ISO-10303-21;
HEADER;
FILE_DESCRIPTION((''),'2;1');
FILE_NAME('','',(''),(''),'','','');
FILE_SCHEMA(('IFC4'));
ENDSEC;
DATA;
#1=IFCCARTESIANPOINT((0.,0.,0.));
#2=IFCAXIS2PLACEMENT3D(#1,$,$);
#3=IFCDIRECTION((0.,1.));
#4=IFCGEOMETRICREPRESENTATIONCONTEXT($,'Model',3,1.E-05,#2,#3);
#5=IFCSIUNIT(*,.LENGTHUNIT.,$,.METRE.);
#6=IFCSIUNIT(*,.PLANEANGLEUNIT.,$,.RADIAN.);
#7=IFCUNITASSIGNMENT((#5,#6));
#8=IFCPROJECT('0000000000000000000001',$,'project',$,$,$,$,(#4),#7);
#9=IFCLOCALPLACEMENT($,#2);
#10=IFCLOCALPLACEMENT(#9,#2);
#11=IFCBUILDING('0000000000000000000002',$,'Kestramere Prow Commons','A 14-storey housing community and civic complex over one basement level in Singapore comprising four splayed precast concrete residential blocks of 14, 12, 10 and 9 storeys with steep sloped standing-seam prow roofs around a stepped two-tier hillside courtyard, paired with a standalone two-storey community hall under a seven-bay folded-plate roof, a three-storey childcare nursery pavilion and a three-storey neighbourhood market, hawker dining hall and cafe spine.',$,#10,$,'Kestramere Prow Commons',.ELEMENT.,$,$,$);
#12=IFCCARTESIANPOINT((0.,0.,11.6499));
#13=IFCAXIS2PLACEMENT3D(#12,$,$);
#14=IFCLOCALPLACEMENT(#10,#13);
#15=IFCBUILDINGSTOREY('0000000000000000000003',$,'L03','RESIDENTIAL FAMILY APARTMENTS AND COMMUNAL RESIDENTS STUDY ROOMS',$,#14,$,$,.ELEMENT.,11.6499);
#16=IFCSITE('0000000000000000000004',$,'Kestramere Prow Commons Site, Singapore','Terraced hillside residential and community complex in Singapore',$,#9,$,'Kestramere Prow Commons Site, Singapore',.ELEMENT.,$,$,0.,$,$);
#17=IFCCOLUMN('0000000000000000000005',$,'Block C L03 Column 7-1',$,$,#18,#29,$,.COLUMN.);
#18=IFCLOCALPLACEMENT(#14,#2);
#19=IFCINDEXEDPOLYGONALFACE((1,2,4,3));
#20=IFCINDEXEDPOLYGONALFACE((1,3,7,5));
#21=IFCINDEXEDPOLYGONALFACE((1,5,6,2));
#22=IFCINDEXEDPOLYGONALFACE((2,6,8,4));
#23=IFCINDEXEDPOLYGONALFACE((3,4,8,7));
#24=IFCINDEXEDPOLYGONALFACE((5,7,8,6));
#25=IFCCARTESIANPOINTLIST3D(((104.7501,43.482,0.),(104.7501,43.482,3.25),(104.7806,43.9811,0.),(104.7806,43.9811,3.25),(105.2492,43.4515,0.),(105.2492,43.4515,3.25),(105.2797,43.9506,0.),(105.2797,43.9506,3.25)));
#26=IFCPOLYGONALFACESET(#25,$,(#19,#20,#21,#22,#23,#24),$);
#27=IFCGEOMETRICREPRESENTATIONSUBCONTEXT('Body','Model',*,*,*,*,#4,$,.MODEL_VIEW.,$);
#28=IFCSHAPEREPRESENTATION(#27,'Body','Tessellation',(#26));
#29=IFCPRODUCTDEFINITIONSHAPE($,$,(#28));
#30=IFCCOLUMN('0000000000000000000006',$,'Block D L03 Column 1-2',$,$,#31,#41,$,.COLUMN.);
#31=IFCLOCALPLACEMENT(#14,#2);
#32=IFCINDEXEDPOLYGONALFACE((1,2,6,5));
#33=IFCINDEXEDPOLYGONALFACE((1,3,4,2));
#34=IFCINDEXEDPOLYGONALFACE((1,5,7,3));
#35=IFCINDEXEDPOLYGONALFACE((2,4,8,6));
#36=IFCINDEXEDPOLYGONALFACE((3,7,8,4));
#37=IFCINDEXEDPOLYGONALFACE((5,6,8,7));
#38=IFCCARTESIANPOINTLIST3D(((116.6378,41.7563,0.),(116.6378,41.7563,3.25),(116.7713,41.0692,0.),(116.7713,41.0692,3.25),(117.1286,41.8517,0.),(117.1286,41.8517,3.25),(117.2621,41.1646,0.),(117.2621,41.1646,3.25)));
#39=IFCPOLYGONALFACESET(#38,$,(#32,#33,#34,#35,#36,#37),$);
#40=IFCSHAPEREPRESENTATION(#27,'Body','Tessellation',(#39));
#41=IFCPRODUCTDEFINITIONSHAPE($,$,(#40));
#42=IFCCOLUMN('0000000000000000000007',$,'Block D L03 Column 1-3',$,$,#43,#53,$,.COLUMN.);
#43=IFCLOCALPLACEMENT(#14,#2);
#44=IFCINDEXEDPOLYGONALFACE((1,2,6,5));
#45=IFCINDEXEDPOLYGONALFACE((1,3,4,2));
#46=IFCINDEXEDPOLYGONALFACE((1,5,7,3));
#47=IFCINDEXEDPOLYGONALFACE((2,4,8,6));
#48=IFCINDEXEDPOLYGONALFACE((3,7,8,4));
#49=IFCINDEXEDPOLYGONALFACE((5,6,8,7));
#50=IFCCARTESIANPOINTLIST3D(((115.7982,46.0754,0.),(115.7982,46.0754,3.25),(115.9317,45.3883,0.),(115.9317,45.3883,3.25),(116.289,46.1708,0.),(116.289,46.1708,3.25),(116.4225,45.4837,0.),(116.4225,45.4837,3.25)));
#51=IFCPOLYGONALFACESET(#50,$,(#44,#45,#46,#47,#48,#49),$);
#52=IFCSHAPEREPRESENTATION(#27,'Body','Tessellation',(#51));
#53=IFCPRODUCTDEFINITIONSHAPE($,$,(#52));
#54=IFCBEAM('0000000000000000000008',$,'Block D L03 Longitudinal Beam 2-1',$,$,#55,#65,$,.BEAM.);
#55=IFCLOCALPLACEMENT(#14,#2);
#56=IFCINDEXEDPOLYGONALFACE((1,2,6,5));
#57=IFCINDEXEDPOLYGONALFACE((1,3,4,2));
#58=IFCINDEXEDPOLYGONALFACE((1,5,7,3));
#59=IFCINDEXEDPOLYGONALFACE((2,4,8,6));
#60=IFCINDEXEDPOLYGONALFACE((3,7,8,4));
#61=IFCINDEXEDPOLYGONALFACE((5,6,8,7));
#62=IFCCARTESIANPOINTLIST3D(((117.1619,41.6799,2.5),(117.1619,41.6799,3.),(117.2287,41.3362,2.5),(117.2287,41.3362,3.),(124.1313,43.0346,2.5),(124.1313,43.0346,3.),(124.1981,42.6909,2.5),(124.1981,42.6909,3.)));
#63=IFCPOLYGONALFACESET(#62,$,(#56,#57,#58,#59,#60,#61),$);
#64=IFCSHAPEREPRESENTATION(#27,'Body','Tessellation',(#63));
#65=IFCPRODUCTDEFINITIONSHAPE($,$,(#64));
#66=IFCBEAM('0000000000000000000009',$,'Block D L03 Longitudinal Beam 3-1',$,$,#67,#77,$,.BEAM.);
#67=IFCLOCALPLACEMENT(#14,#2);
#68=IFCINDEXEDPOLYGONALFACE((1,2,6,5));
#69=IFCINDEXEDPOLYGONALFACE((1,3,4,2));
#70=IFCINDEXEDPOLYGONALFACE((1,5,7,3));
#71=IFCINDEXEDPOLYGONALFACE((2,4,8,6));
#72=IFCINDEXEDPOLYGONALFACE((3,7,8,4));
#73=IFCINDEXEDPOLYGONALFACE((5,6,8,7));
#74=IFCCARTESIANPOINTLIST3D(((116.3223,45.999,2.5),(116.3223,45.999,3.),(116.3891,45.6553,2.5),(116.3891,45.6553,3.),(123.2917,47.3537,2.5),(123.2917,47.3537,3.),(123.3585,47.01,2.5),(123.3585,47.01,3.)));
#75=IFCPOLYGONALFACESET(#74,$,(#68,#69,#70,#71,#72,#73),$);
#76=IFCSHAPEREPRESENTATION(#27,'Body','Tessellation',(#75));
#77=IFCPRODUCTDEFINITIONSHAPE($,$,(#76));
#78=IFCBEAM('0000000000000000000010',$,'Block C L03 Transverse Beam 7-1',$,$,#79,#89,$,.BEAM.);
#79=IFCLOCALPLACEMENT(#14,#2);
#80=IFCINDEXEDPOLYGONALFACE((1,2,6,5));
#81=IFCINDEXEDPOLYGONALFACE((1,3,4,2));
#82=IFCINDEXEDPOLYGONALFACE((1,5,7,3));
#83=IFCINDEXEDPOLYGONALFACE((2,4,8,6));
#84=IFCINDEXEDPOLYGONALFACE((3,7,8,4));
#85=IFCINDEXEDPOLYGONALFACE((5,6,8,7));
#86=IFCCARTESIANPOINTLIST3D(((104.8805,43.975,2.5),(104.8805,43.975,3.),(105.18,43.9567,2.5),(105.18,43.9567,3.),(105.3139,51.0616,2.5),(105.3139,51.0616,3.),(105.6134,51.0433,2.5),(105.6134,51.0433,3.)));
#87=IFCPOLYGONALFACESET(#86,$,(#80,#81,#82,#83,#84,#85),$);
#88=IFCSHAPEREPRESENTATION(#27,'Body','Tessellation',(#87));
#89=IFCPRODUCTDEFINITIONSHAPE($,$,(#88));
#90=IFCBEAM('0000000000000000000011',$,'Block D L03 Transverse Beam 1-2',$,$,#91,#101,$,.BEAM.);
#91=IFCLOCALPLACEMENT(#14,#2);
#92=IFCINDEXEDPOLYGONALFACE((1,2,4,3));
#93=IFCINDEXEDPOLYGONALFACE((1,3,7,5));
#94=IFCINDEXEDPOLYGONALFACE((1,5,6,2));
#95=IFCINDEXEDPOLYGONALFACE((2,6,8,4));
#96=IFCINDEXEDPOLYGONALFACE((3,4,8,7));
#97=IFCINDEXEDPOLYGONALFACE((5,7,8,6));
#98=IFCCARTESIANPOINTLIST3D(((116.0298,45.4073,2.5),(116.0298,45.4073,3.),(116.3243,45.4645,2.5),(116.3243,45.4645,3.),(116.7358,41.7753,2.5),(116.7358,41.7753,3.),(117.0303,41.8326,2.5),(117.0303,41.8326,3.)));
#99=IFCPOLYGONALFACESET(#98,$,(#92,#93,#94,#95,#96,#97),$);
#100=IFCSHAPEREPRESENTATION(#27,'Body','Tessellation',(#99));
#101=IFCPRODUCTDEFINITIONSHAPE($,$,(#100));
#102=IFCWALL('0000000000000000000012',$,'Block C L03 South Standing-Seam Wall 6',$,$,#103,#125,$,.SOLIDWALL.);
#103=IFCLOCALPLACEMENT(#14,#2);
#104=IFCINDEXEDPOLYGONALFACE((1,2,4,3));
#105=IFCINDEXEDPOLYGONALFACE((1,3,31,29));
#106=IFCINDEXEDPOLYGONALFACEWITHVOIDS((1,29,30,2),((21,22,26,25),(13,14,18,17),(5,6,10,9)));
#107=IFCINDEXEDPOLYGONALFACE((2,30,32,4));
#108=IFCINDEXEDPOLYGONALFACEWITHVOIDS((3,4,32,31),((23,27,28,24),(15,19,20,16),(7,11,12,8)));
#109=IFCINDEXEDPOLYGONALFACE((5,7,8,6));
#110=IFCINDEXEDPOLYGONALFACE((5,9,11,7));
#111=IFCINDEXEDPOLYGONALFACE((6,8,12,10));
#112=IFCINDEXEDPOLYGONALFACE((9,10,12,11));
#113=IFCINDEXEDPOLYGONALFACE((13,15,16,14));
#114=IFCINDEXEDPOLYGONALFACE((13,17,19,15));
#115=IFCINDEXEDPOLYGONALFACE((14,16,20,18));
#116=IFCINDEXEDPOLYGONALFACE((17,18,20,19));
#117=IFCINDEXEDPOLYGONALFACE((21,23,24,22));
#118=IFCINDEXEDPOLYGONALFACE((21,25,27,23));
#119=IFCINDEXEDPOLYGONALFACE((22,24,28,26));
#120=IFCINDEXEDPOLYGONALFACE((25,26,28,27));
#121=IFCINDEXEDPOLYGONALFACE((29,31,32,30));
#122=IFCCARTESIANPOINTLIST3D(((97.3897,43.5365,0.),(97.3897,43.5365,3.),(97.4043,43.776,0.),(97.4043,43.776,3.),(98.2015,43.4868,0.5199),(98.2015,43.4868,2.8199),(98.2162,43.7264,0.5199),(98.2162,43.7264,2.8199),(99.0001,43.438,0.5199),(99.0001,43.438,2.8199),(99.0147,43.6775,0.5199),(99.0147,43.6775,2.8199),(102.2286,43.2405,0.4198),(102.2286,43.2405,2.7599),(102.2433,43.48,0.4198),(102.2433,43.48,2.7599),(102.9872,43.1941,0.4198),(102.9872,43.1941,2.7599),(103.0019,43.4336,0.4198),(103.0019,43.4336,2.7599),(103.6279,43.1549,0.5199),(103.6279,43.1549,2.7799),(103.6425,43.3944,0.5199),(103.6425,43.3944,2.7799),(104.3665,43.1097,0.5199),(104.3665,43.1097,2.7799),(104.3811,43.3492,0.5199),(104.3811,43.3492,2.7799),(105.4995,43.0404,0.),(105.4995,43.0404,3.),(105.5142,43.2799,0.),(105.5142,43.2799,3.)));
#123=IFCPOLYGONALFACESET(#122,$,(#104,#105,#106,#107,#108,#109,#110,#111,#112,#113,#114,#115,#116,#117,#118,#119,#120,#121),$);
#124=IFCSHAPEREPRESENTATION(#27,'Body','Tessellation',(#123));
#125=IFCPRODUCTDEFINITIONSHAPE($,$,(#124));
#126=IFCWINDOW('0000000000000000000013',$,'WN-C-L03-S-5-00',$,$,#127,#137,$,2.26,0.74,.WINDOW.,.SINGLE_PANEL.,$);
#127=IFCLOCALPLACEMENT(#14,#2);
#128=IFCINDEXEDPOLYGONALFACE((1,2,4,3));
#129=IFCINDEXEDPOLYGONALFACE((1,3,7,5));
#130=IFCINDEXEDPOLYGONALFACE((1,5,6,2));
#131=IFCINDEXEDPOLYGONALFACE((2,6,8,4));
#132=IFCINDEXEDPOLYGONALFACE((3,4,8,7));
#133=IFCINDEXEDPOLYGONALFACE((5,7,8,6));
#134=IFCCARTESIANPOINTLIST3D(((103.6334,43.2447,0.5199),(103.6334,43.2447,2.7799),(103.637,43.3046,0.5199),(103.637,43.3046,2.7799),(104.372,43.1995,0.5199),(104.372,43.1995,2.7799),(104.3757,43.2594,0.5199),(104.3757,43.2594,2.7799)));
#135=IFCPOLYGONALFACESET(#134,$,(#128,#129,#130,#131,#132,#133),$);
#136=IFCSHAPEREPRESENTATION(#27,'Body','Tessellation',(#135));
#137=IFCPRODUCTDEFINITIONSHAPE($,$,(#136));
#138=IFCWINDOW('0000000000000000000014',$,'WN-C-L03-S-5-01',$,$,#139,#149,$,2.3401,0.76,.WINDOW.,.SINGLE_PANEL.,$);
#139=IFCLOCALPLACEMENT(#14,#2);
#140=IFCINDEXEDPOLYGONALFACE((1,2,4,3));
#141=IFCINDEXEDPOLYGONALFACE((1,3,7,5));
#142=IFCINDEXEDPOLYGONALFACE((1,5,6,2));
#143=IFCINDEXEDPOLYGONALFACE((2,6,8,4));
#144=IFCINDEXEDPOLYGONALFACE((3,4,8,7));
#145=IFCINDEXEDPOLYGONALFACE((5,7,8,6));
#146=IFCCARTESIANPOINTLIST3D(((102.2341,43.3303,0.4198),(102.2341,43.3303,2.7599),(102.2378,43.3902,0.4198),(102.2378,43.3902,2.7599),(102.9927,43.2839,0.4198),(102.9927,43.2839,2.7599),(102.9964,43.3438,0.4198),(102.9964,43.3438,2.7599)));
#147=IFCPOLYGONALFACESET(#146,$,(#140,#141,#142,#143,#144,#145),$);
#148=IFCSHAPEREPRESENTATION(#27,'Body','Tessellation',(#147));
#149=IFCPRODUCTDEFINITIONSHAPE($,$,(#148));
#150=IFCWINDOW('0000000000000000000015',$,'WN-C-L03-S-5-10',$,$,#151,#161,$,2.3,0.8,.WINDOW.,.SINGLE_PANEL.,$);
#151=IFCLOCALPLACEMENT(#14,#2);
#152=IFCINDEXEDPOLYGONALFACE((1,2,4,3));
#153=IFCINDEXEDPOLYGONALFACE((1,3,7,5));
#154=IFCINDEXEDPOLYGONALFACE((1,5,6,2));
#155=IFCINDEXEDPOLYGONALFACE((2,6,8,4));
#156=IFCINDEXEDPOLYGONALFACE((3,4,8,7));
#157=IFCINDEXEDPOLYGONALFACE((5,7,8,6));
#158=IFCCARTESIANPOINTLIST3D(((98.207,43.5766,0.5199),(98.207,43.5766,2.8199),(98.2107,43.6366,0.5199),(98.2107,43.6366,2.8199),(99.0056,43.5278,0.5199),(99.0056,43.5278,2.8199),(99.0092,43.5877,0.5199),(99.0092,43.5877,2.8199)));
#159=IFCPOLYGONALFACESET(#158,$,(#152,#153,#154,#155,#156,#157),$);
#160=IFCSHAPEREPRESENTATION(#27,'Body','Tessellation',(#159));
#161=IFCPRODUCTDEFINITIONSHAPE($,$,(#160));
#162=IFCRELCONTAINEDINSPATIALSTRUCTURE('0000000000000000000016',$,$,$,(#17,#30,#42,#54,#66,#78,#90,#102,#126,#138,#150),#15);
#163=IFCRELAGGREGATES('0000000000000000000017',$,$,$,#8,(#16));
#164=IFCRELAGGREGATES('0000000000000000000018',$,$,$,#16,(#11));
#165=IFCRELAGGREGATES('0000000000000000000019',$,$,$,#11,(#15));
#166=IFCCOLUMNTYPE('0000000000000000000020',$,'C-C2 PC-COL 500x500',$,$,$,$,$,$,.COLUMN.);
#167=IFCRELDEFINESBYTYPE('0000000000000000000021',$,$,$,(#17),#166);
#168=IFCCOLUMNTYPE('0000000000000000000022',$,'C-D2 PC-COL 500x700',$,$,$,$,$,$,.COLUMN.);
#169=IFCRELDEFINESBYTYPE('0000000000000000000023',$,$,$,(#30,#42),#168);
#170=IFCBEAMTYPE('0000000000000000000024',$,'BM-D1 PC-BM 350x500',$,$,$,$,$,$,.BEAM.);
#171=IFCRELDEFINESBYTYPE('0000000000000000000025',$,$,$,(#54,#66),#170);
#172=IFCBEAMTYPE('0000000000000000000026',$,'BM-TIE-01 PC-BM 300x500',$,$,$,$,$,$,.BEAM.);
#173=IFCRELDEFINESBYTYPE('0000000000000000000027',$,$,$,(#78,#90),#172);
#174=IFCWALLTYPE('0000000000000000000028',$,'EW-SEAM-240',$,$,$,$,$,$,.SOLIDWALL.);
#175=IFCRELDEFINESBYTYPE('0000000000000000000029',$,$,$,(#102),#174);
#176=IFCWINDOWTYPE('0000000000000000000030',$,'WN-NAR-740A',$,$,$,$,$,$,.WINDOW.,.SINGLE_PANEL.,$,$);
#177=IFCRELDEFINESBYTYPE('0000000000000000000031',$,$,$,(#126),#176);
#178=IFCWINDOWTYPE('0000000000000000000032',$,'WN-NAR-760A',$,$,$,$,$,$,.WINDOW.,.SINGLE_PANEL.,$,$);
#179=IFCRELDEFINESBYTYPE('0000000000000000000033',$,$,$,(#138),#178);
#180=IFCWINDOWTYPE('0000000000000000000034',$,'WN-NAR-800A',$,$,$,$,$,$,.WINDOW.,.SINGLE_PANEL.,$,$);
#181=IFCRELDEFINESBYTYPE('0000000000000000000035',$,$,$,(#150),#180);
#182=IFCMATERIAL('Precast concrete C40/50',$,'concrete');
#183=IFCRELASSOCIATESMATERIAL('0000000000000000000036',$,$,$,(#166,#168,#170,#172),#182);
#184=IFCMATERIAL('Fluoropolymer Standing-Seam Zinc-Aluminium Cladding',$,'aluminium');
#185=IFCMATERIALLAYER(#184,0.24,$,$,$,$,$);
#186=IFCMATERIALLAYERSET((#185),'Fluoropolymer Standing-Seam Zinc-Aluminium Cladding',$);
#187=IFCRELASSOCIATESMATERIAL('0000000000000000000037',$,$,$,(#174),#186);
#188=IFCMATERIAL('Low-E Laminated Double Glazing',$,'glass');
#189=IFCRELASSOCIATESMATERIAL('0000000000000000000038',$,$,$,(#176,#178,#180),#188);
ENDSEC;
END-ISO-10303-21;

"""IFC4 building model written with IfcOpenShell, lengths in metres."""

from ifc_helpers import new_model, si_unit, direction, frame, frame_2d, origin, origin_2d, place, context, subcontext, project, spatial, rectangle, extrude, material, layer, layer_set, material_profile, profile_set, type_object, element, fill, save


model = new_model("IFC4")

# Units and contexts
model_context = context("Model", 3, precision=1e-05, world=origin(), true_north=direction((0.0, 1.0)))
body_context = subcontext(model_context, "Body", "Model", "MODEL_VIEW")
ifc_project = project(units=[si_unit("LENGTHUNIT", "METRE"), si_unit("PLANEANGLEUNIT", "RADIAN")], contexts=[model_context])

# Site, building, storey
site_placement = place(None, origin())
site = spatial("IfcSite", under=ifc_project, at=site_placement, Name="Kestramere Prow Commons Site, Singapore", Description="Terraced hillside residential and community complex in Singapore", LongName="Kestramere Prow Commons Site, Singapore", CompositionType="ELEMENT", RefElevation=0.0)
building_placement = place(site_placement, origin())
building = spatial("IfcBuilding", under=site, at=building_placement, Name="Kestramere Prow Commons", Description="A 14-storey housing community and civic complex over one basement level in Singapore comprising four splayed precast concrete residential blocks of 14, 12, 10 and 9 storeys with steep sloped standing-seam prow roofs around a stepped two-tier hillside courtyard, paired with a standalone two-storey community hall under a seven-bay folded-plate roof, a three-storey childcare nursery pavilion and a three-storey neighbourhood market, hawker dining hall and cafe spine.", LongName="Kestramere Prow Commons", CompositionType="ELEMENT")
storey_placement = place(building_placement, frame((0.0, 0.0, 11.6499)))
storey = spatial("IfcBuildingStorey", under=building, at=storey_placement, Name="L03", Description="RESIDENTIAL FAMILY APARTMENTS AND COMMUNAL RESIDENTS STUDY ROOMS", CompositionType="ELEMENT", Elevation=11.6499)

# Columns
ifc_material_1 = material(Name="Precast concrete C40/50", Category="concrete")
ifc_material_profile_1 = material_profile(ifc_material_1, rectangle(XDim=0.5, YDim=0.5, at=origin_2d()), Name="PC-COL 500x500")
ifc_profile_set_1 = profile_set([ifc_material_profile_1], Name="Precast concrete C40/50")
column_type_1 = type_object("IfcColumnType", Name="C-C2 PC-COL 500x500", PredefinedType="COLUMN", material=ifc_profile_set_1)
column_placement = place(storey_placement, frame((105.0149, 43.7163, 0.0), z_axis=(0.0, 0.0, 1.0), x_axis=(0.998135, -0.061049, 0.0)))
element("IfcColumn", 1, at=column_placement, inside=storey, type_object=column_type_1, Name="Block C L03 Column 7-1", PredefinedType="COLUMN", context=body_context, shape_type="SweptSolid", body=[
    extrude(rectangle(XDim=0.5, YDim=0.5, at=origin_2d()), origin(), (0.0, 0.0, 1.0), 3.25),
])
ifc_material_profile_2 = material_profile(ifc_material_1, rectangle(XDim=0.5, YDim=0.7, at=origin_2d()), Name="PC-COL 500x700")
ifc_profile_set_2 = profile_set([ifc_material_profile_2], Name="Precast concrete C40/50")
column_type_2 = type_object("IfcColumnType", Name="C-D2 PC-COL 500x700", PredefinedType="COLUMN", material=ifc_profile_set_2)
for number, where, z_axis, x_axis, name in (
    (2, (116.95, 41.4604, 0.0), (0.0, 0.0, 1.0), (0.981627, 0.190809, 0.0), "Block D L03 Column 1-2"),
    (3, (116.1104, 45.7795, 0.0), (0.0, 0.0, 1.0), (0.981627, 0.190809, 0.0), "Block D L03 Column 1-3"),
):
    element("IfcColumn", number, at=place(storey_placement, frame(where, z_axis=z_axis, x_axis=x_axis)), inside=storey, type_object=column_type_2, Name=name, PredefinedType="COLUMN", context=body_context, shape_type="SweptSolid", body=[
        extrude(rectangle(XDim=0.5, YDim=0.7, at=origin_2d()), origin(), (0.0, 0.0, 1.0), 3.25),
    ])

# Beams
ifc_material_profile_3 = material_profile(ifc_material_1, rectangle(XDim=0.3501, YDim=0.5, at=origin_2d()), Name="PC-BM 350x500")
ifc_profile_set_3 = profile_set([ifc_material_profile_3], Name="Precast concrete C40/50")
beam_type_1 = type_object("IfcBeamType", Name="BM-D1 PC-BM 350x500", PredefinedType="BEAM", material=ifc_profile_set_3)
for number, where, z_axis, x_axis, name in (
    (4, (117.1953, 41.5081, 2.75), (0.981627, 0.19081, 0.0), (-0.19081, 0.981627, 0.0), "Block D L03 Longitudinal Beam 2-1"),
    (5, (116.3557, 45.8271, 2.75), (0.981627, 0.19081, 0.0), (-0.19081, 0.981627, 0.0), "Block D L03 Longitudinal Beam 3-1"),
):
    element("IfcBeam", number, at=place(storey_placement, frame(where, z_axis=z_axis, x_axis=x_axis)), inside=storey, type_object=beam_type_1, Name=name, PredefinedType="BEAM", context=body_context, shape_type="SweptSolid", body=[
        extrude(rectangle(XDim=0.3501, YDim=0.5, at=origin_2d()), origin(), (0.0, 0.0, 1.0), 7.0999),
    ])
ifc_material_profile_4 = material_profile(ifc_material_1, rectangle(XDim=0.3, YDim=0.5, at=origin_2d()), Name="PC-BM 300x500")
ifc_profile_set_4 = profile_set([ifc_material_profile_4], Name="Precast concrete C40/50")
beam_type_2 = type_object("IfcBeamType", Name="BM-TIE-01 PC-BM 300x500", PredefinedType="BEAM", material=ifc_profile_set_4)
beam_1_placement = place(storey_placement, frame((105.0303, 43.9658, 2.75), z_axis=(0.061036, 0.998136, 0.0), x_axis=(-0.998136, 0.061036, 0.0)))
element("IfcBeam", 6, at=beam_1_placement, inside=storey, type_object=beam_type_2, Name="Block C L03 Transverse Beam 7-1", PredefinedType="BEAM", context=body_context, shape_type="SweptSolid", body=[
    extrude(rectangle(XDim=0.3, YDim=0.5, at=origin_2d()), origin(), (0.0, 0.0, 1.0), 7.0999),
])
beam_2_placement = place(storey_placement, frame((116.8831, 41.804, 2.75), z_axis=(-0.190822, 0.981625, 0.0), x_axis=(-0.981625, -0.190822, 0.0)))
element("IfcBeam", 7, at=beam_2_placement, inside=storey, type_object=beam_type_2, Name="Block D L03 Transverse Beam 1-2", PredefinedType="BEAM", context=body_context, shape_type="SweptSolid", body=[
    extrude(rectangle(XDim=0.3, YDim=0.5, at=origin_2d()), origin(), (0.0, 0.0, 1.0), 3.7),
])

# Wall, openings, windows
ifc_material_2 = material(Name="Fluoropolymer Standing-Seam Zinc-Aluminium Cladding", Category="aluminium")
ifc_layer_1 = layer(ifc_material_2, 0.24)
ifc_layer_set_1 = layer_set([ifc_layer_1], Name="Fluoropolymer Standing-Seam Zinc-Aluminium Cladding")
wall_type_1 = type_object("IfcWallType", Name="EW-SEAM-240", PredefinedType="SOLIDWALL", material=ifc_layer_set_1)
wall_1_placement = place(storey_placement, frame((105.5068, 43.1602, 0.0), z_axis=(0.0, 0.0, 1.0), x_axis=(-0.998134, 0.061058, 0.0)))
wall_1 = element("IfcWall", 8, at=wall_1_placement, inside=storey, type_object=wall_type_1, Name="Block C L03 South Standing-Seam Wall 6", PredefinedType="SOLIDWALL", context=body_context, shape_type="SweptSolid", body=[
    extrude(rectangle(XDim=8.125, YDim=0.24, at=frame_2d((4.0625, 0.0))), origin(), (0.0, 0.0, 1.0), 3.0),
])
opening_1_placement = place(wall_1_placement, frame((1.135, 0.0, 0.52)))
opening_1 = element("IfcOpeningElement", 9, at=opening_1_placement, cuts=wall_1, PredefinedType="OPENING", context=body_context, shape_type="SweptSolid", body=[
    extrude(rectangle(XDim=0.74, YDim=2.26, at=frame_2d((0.3701, 1.1299))), frame((0.0, 0.135, 0.0), z_axis=(0.0, -1.0, 0.0), x_axis=(1.0, 0.0, 0.0)), (0.0, 0.0, 1.0), 0.27),
])
opening_2_placement = place(wall_1_placement, frame((2.5171, 0.0, 0.4199)))
opening_2 = element("IfcOpeningElement", 10, at=opening_2_placement, cuts=wall_1, PredefinedType="OPENING", context=body_context, shape_type="SweptSolid", body=[
    extrude(rectangle(XDim=0.76, YDim=2.3401, at=frame_2d((0.3799, 1.1699))), frame((0.0, 0.135, 0.0), z_axis=(0.0, -1.0, 0.0), x_axis=(1.0, 0.0, 0.0)), (0.0, 0.0, 1.0), 0.27),
])
opening_3_placement = place(wall_1_placement, frame((6.5117, 0.0, 0.52)))
opening_3 = element("IfcOpeningElement", 11, at=opening_3_placement, cuts=wall_1, PredefinedType="OPENING", context=body_context, shape_type="SweptSolid", body=[
    extrude(rectangle(XDim=0.8, YDim=2.3, at=frame_2d((0.3999, 1.1499))), frame((0.0, 0.135, 0.0), z_axis=(0.0, -1.0, 0.0), x_axis=(1.0, 0.0, 0.0)), (0.0, 0.0, 1.0), 0.27),
])
ifc_material_3 = material(Name="Low-E Laminated Double Glazing", Category="glass")
window_type_1 = type_object("IfcWindowType", Name="WN-NAR-740A", PartitioningType="SINGLE_PANEL", PredefinedType="WINDOW", material=ifc_material_3)
window_1_placement = place(opening_1_placement, origin())
window_1 = element("IfcWindow", 12, at=window_1_placement, inside=storey, type_object=window_type_1, Name="WN-C-L03-S-5-00", OverallHeight=2.26, OverallWidth=0.74, PartitioningType="SINGLE_PANEL", PredefinedType="WINDOW", context=body_context, shape_type="SweptSolid", body=[
    extrude(rectangle(XDim=0.74, YDim=2.26, at=frame_2d((0.3701, 1.1299))), frame((0.0, 0.03, 0.0), z_axis=(0.0, -1.0, 0.0), x_axis=(1.0, 0.0, 0.0)), (0.0, 0.0, 1.0), 0.0601),
])
fill(opening_1, window_1)
window_type_2 = type_object("IfcWindowType", Name="WN-NAR-760A", PartitioningType="SINGLE_PANEL", PredefinedType="WINDOW", material=ifc_material_3)
window_2_placement = place(opening_2_placement, origin())
window_2 = element("IfcWindow", 13, at=window_2_placement, inside=storey, type_object=window_type_2, Name="WN-C-L03-S-5-01", OverallHeight=2.3401, OverallWidth=0.76, PartitioningType="SINGLE_PANEL", PredefinedType="WINDOW", context=body_context, shape_type="SweptSolid", body=[
    extrude(rectangle(XDim=0.76, YDim=2.3401, at=frame_2d((0.3799, 1.1699))), frame((0.0, 0.03, 0.0), z_axis=(0.0, -1.0, 0.0), x_axis=(1.0, 0.0, 0.0)), (0.0, 0.0, 1.0), 0.0601),
])
fill(opening_2, window_2)
window_type_3 = type_object("IfcWindowType", Name="WN-NAR-800A", PartitioningType="SINGLE_PANEL", PredefinedType="WINDOW", material=ifc_material_3)
window_3_placement = place(opening_3_placement, origin())
window_3 = element("IfcWindow", 14, at=window_3_placement, inside=storey, type_object=window_type_3, Name="WN-C-L03-S-5-10", OverallHeight=2.3, OverallWidth=0.8, PartitioningType="SINGLE_PANEL", PredefinedType="WINDOW", context=body_context, shape_type="SweptSolid", body=[
    extrude(rectangle(XDim=0.8, YDim=2.3, at=frame_2d((0.3999, 1.1499))), frame((0.0, 0.03, 0.0), z_axis=(0.0, -1.0, 0.0), x_axis=(1.0, 0.0, 0.0)), (0.0, 0.0, 1.0), 0.0601),
])
fill(opening_3, window_3)

save(model, "model.ifc")
